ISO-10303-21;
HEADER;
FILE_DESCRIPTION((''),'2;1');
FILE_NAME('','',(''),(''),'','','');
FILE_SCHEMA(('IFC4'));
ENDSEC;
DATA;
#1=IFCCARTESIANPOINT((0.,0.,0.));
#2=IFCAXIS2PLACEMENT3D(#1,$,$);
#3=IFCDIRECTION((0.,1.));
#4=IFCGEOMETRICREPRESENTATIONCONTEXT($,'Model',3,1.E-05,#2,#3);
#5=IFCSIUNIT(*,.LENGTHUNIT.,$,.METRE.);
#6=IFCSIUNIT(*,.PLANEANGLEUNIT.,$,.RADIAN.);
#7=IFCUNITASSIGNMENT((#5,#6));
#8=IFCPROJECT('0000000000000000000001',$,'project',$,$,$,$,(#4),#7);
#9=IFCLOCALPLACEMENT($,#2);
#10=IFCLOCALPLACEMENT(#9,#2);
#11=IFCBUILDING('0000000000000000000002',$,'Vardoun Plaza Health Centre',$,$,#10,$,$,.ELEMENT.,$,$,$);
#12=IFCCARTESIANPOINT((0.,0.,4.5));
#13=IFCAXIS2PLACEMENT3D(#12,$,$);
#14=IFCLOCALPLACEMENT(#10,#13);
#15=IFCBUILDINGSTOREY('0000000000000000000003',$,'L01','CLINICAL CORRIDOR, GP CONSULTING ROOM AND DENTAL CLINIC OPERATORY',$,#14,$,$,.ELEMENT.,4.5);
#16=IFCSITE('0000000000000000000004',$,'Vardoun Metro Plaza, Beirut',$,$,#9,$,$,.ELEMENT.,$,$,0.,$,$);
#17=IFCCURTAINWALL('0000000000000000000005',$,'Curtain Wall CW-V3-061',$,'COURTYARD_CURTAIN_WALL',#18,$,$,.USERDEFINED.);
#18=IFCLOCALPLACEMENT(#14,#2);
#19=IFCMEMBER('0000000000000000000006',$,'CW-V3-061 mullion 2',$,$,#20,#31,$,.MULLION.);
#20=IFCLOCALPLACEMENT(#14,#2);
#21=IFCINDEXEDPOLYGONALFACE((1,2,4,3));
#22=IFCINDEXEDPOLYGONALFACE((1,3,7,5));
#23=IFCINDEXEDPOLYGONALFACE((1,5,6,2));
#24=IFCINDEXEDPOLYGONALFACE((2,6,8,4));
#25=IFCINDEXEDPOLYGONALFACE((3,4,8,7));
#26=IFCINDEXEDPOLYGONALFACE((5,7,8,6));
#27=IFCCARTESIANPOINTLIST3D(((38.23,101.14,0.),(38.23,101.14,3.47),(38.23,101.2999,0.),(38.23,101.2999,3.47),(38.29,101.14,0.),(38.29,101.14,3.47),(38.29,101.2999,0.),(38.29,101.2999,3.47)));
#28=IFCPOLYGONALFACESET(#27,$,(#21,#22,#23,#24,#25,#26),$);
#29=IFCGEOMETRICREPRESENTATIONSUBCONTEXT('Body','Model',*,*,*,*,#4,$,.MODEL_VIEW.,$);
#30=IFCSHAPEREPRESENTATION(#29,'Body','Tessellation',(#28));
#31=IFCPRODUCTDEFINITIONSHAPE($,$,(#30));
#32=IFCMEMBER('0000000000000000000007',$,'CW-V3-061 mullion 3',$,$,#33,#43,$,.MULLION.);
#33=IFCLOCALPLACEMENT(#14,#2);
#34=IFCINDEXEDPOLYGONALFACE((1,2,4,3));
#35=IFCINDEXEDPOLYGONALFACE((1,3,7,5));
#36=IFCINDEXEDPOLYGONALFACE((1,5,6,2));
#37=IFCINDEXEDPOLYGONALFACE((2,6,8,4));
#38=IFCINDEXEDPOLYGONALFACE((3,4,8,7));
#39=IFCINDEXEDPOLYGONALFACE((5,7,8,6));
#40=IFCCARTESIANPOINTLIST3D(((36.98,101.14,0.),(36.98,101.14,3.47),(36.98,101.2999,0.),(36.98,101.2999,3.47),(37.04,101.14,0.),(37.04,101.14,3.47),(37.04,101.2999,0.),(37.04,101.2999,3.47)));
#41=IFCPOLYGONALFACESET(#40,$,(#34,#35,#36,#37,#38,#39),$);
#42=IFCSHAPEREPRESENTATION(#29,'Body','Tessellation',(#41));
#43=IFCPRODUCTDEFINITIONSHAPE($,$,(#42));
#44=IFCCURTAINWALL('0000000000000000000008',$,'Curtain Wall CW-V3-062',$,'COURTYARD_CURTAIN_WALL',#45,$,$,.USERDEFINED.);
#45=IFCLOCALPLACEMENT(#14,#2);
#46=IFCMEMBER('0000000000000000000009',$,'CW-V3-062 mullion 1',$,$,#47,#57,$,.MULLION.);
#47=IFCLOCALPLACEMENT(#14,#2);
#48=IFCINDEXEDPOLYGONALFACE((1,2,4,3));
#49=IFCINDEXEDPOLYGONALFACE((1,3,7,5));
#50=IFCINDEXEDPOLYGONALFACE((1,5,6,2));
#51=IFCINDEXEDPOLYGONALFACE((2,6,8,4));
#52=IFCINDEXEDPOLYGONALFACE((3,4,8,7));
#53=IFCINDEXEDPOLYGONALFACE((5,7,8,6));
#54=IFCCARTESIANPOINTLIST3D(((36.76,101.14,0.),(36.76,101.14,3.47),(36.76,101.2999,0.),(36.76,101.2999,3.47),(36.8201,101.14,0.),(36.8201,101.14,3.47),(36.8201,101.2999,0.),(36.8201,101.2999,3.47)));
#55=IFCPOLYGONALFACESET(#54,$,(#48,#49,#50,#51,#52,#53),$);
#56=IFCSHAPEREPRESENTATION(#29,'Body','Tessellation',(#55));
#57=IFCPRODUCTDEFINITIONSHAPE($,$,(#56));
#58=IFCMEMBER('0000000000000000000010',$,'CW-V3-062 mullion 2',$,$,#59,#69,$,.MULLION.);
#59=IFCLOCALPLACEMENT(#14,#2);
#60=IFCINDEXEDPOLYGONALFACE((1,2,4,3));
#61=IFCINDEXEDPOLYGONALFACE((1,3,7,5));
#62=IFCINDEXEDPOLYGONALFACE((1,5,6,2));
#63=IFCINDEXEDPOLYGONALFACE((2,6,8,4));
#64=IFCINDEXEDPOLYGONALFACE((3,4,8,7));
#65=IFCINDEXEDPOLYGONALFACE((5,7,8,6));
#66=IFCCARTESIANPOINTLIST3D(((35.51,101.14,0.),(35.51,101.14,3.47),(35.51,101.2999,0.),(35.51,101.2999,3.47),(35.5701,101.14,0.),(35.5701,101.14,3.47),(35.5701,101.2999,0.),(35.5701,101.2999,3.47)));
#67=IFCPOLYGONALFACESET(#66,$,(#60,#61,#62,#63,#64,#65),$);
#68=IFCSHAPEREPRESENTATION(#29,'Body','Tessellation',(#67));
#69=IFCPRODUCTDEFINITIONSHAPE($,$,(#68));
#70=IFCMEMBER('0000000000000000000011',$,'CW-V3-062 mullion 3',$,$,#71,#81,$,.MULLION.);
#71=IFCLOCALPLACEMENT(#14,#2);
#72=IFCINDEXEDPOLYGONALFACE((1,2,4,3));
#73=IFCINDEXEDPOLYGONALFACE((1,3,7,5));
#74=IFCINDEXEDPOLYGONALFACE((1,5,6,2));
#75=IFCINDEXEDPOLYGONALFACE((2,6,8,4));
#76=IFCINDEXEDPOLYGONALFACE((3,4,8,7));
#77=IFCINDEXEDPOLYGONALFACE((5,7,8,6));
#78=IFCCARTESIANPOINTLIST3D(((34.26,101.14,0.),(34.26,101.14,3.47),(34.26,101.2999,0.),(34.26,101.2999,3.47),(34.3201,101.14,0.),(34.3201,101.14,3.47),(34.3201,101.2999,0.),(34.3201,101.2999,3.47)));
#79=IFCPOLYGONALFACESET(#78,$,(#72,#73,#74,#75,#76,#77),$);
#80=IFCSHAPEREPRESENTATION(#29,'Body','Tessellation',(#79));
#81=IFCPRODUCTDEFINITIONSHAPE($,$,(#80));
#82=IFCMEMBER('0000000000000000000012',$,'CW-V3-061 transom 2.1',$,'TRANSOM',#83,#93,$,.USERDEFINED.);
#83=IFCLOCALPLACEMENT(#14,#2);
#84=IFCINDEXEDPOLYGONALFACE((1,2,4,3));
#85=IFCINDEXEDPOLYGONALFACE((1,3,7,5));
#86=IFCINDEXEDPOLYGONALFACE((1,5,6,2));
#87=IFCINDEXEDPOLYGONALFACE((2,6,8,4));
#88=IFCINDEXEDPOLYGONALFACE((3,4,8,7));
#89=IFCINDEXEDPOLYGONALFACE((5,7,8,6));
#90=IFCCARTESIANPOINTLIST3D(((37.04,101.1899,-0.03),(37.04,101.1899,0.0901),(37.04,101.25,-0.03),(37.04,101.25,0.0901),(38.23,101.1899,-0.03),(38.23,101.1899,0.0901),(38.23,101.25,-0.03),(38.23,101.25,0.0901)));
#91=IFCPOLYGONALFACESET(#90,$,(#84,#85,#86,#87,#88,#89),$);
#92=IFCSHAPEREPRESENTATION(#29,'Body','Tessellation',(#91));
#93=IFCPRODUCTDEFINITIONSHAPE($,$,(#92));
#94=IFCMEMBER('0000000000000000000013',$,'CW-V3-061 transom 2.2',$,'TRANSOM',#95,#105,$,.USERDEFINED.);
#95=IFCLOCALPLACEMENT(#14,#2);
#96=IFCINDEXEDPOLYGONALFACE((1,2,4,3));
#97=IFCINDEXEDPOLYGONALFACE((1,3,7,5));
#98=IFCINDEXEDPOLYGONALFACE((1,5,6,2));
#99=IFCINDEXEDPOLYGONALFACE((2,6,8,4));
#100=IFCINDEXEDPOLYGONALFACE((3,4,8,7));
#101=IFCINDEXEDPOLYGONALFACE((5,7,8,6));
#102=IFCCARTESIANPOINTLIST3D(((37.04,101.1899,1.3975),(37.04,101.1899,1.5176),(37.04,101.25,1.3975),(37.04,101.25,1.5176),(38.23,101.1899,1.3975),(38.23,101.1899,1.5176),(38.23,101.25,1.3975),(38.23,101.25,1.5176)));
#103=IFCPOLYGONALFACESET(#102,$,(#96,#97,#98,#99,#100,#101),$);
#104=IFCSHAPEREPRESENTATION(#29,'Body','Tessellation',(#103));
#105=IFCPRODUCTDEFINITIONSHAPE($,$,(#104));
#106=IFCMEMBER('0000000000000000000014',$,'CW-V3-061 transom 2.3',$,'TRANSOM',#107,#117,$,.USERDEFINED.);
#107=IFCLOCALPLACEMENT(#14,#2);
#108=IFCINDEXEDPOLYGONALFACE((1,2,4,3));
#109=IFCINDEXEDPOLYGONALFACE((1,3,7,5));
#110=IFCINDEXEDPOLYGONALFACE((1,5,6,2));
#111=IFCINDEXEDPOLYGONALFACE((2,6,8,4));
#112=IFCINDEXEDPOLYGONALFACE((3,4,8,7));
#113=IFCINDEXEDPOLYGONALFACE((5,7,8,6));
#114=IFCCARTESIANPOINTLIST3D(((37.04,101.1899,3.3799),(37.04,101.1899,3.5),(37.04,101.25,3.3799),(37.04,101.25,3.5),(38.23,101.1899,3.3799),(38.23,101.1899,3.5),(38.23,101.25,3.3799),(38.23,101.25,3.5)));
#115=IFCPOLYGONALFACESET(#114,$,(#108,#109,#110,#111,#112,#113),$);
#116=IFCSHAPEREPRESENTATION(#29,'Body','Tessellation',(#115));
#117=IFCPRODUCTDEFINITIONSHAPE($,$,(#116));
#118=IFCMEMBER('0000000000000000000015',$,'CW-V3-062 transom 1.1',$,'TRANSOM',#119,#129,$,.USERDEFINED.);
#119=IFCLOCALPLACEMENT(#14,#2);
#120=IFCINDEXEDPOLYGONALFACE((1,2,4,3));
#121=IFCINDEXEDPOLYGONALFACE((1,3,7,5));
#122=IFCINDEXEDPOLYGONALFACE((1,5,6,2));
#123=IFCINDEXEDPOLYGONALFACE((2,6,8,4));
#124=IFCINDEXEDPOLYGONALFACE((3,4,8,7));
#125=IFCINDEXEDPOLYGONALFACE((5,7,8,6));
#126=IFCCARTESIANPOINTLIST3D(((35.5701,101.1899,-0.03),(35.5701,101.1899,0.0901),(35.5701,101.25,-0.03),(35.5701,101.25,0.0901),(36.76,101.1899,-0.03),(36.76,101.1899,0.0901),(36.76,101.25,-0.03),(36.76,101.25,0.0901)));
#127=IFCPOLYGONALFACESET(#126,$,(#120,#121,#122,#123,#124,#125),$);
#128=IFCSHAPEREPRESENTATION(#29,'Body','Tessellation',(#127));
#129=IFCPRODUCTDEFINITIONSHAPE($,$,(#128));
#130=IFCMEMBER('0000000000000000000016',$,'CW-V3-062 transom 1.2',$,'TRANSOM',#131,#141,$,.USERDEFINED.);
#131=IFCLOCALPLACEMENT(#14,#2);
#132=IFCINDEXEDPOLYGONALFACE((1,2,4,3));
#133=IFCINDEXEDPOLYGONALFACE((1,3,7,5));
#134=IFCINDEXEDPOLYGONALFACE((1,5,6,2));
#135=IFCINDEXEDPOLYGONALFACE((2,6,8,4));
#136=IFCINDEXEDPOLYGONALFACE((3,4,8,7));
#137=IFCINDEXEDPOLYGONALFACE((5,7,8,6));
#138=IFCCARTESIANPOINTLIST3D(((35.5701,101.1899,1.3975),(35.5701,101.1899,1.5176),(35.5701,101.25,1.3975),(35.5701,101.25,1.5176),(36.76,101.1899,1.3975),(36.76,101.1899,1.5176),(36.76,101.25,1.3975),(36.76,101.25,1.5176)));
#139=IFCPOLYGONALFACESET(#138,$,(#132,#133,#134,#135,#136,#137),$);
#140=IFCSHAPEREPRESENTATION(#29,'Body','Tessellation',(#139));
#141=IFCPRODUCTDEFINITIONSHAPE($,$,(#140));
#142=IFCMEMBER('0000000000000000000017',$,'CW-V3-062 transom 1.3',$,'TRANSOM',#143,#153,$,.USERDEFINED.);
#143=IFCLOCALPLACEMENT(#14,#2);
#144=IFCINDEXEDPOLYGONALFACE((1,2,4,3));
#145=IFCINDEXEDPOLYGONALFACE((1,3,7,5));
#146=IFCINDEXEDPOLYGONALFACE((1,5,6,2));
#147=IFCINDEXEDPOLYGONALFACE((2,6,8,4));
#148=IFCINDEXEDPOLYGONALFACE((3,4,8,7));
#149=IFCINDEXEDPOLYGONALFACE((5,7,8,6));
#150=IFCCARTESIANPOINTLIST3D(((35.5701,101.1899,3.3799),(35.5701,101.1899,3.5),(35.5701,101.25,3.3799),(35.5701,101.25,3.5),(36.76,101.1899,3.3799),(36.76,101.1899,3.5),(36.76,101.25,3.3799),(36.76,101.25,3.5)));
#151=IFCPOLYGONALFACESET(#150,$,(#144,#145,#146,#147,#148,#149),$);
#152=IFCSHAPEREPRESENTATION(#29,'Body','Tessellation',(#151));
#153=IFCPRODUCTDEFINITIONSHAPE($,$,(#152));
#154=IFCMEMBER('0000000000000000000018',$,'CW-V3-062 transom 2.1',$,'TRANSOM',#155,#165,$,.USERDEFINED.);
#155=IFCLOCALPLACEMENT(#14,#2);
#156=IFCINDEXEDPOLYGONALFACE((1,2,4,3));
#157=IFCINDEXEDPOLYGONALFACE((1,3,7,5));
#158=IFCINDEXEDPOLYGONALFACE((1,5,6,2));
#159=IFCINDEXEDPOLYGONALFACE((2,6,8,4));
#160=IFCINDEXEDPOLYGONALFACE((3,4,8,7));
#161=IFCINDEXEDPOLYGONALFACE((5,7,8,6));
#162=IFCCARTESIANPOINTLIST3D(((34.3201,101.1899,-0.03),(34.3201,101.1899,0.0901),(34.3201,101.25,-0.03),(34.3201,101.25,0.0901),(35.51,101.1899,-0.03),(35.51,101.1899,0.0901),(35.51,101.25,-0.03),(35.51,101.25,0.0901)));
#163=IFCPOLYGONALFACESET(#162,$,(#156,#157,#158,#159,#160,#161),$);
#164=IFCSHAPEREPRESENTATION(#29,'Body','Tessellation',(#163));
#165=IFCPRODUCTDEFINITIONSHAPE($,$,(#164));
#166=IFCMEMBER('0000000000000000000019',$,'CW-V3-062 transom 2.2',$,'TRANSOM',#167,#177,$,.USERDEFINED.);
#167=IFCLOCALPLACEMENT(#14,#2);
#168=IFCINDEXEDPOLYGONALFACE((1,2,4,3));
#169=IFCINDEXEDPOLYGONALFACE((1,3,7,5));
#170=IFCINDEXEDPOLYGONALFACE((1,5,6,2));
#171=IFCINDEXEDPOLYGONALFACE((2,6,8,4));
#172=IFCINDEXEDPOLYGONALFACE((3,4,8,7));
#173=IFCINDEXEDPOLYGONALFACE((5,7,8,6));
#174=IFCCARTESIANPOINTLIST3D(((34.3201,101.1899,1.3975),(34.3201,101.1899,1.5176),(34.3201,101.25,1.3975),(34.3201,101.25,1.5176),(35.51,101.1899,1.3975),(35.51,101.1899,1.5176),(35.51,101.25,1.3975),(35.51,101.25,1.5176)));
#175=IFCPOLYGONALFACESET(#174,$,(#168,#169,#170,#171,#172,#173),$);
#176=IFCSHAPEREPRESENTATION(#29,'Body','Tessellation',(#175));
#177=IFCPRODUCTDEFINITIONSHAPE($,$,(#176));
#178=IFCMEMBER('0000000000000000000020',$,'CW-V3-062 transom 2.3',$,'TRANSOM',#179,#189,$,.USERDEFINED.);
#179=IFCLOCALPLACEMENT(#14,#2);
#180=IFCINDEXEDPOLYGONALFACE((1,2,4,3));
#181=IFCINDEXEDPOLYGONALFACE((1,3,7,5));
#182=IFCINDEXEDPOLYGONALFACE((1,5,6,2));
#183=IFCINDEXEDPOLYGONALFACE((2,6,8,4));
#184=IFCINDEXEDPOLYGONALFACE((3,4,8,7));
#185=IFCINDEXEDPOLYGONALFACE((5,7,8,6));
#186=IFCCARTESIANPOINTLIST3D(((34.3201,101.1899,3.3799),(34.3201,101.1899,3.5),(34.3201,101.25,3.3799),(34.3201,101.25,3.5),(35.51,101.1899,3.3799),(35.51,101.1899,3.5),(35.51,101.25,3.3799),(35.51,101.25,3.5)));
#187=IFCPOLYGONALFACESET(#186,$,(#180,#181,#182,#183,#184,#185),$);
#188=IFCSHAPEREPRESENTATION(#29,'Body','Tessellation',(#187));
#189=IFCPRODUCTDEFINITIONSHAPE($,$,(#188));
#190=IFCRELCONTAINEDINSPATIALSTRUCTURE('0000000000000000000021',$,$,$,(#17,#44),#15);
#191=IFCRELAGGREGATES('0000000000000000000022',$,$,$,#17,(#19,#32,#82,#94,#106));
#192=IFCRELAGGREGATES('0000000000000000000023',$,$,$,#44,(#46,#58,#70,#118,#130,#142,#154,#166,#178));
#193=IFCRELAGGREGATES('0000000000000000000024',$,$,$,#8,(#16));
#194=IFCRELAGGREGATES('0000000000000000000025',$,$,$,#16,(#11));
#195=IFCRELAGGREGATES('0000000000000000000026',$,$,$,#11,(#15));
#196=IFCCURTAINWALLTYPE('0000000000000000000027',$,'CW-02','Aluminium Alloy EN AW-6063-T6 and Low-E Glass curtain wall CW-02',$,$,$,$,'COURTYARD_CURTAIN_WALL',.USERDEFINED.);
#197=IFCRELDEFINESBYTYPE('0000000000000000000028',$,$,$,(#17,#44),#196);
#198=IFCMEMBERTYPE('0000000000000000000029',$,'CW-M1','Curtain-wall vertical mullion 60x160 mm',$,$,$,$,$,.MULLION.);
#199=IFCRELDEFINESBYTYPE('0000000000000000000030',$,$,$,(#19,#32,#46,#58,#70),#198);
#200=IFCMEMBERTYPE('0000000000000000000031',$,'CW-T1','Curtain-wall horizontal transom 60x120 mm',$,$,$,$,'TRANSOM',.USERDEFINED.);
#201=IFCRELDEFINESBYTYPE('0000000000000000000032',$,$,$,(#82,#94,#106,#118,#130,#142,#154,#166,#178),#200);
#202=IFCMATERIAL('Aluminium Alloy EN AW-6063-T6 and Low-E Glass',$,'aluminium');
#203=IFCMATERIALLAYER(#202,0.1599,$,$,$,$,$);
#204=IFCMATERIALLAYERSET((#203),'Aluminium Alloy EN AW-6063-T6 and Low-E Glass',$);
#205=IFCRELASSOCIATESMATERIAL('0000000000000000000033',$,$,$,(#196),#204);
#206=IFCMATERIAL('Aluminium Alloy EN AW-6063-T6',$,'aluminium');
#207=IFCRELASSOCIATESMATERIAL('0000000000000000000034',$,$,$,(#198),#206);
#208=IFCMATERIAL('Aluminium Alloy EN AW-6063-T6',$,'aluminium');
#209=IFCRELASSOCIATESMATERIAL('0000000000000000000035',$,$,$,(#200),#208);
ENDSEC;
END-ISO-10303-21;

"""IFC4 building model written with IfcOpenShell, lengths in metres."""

from ifc_helpers import new_model, si_unit, direction, frame, origin, origin_2d, place, context, subcontext, project, spatial, rectangle, extrude, material, layer, layer_set, material_profile, profile_set, type_object, element, aggregate, save


model = new_model("IFC4")

# Units and contexts
model_context = context("Model", 3, precision=1e-05, world=origin(), true_north=direction((0.0, 1.0)))
body_context = subcontext(model_context, "Body", "Model", "MODEL_VIEW")
ifc_project = project(units=[si_unit("LENGTHUNIT", "METRE"), si_unit("PLANEANGLEUNIT", "RADIAN")], contexts=[model_context])

# Site, building, storey
site_placement = place(None, origin())
site = spatial("IfcSite", under=ifc_project, at=site_placement, Name="Vardoun Metro Plaza, Beirut", CompositionType="ELEMENT", RefElevation=0.0)
building_placement = place(site_placement, origin())
building = spatial("IfcBuilding", under=site, at=building_placement, Name="Vardoun Plaza Health Centre", CompositionType="ELEMENT")
storey_placement = place(building_placement, frame((0.0, 0.0, 4.5)))
storey = spatial("IfcBuildingStorey", under=building, at=storey_placement, Name="L01", Description="CLINICAL CORRIDOR, GP CONSULTING ROOM AND DENTAL CLINIC OPERATORY", CompositionType="ELEMENT", Elevation=4.5)

# Curtain walls, members
ifc_material_1 = material(Name="Aluminium Alloy EN AW-6063-T6 and Low-E Glass", Category="aluminium")
ifc_layer_1 = layer(ifc_material_1, 0.1599)
ifc_layer_set_1 = layer_set([ifc_layer_1], Name="Aluminium Alloy EN AW-6063-T6 and Low-E Glass")
curtain_wall_type = type_object("IfcCurtainWallType", Name="CW-02", Description="Aluminium Alloy EN AW-6063-T6 and Low-E Glass curtain wall CW-02", ElementType="COURTYARD_CURTAIN_WALL", PredefinedType="USERDEFINED", material=ifc_layer_set_1)
curtain_wall_1_placement = place(storey_placement, origin())
curtain_wall_1 = element("IfcCurtainWall", 1, at=curtain_wall_1_placement, inside=storey, type_object=curtain_wall_type, Name="Curtain Wall CW-V3-061", ObjectType="COURTYARD_CURTAIN_WALL", PredefinedType="USERDEFINED")
ifc_material_2 = material(Name="Aluminium Alloy EN AW-6063-T6", Category="aluminium")
ifc_material_profile_1 = material_profile(ifc_material_2, rectangle(XDim=0.1599, YDim=0.0601, at=origin_2d()), Name="CWM 60x160")
ifc_profile_set_1 = profile_set([ifc_material_profile_1], Name="Aluminium Alloy EN AW-6063-T6")
member_type_1 = type_object("IfcMemberType", Name="CW-M1", Description="Curtain-wall vertical mullion 60x160 mm", PredefinedType="MULLION", material=ifc_profile_set_1)
member_1_placement = place(storey_placement, frame((38.26, 101.22, 0.0), z_axis=(0.0, 0.0, 1.0), x_axis=(0.0, -1.0, 0.0)))
member_1 = element("IfcMember", 2, at=member_1_placement, type_object=member_type_1, Name="CW-V3-061 mullion 2", PredefinedType="MULLION", context=body_context, shape_type="SweptSolid", body=[
    extrude(rectangle(XDim=0.1599, YDim=0.0601, at=origin_2d()), origin(), (0.0, 0.0, 1.0), 3.47),
])
member_2_placement = place(storey_placement, frame((37.01, 101.22, 0.0), z_axis=(0.0, 0.0, 1.0), x_axis=(0.0, -1.0, 0.0)))
member_2 = element("IfcMember", 3, at=member_2_placement, type_object=member_type_1, Name="CW-V3-061 mullion 3", PredefinedType="MULLION", context=body_context, shape_type="SweptSolid", body=[
    extrude(rectangle(XDim=0.1599, YDim=0.0601, at=origin_2d()), origin(), (0.0, 0.0, 1.0), 3.47),
])
curtain_wall_2_placement = place(storey_placement, origin())
curtain_wall_2 = element("IfcCurtainWall", 4, at=curtain_wall_2_placement, inside=storey, type_object=curtain_wall_type, Name="Curtain Wall CW-V3-062", ObjectType="COURTYARD_CURTAIN_WALL", PredefinedType="USERDEFINED")
member_3_placement = place(storey_placement, frame((36.79, 101.22, 0.0), z_axis=(0.0, 0.0, 1.0), x_axis=(0.0, -1.0, 0.0)))
member_3 = element("IfcMember", 5, at=member_3_placement, type_object=member_type_1, Name="CW-V3-062 mullion 1", PredefinedType="MULLION", context=body_context, shape_type="SweptSolid", body=[
    extrude(rectangle(XDim=0.1599, YDim=0.0601, at=origin_2d()), origin(), (0.0, 0.0, 1.0), 3.47),
])
member_4_placement = place(storey_placement, frame((35.54, 101.22, 0.0), z_axis=(0.0, 0.0, 1.0), x_axis=(0.0, -1.0, 0.0)))
member_4 = element("IfcMember", 6, at=member_4_placement, type_object=member_type_1, Name="CW-V3-062 mullion 2", PredefinedType="MULLION", context=body_context, shape_type="SweptSolid", body=[
    extrude(rectangle(XDim=0.1599, YDim=0.0601, at=origin_2d()), origin(), (0.0, 0.0, 1.0), 3.47),
])
member_5_placement = place(storey_placement, frame((34.29, 101.22, 0.0), z_axis=(0.0, 0.0, 1.0), x_axis=(0.0, -1.0, 0.0)))
member_5 = element("IfcMember", 7, at=member_5_placement, type_object=member_type_1, Name="CW-V3-062 mullion 3", PredefinedType="MULLION", context=body_context, shape_type="SweptSolid", body=[
    extrude(rectangle(XDim=0.1599, YDim=0.0601, at=origin_2d()), origin(), (0.0, 0.0, 1.0), 3.47),
])

# Members
ifc_material_3 = material(Name="Aluminium Alloy EN AW-6063-T6", Category="aluminium")
ifc_material_profile_2 = material_profile(ifc_material_3, rectangle(XDim=0.0601, YDim=0.1201, at=origin_2d()), Name="CWT 60x120")
ifc_profile_set_2 = profile_set([ifc_material_profile_2], Name="Aluminium Alloy EN AW-6063-T6")
member_type_2 = type_object("IfcMemberType", Name="CW-T1", Description="Curtain-wall horizontal transom 60x120 mm", ElementType="TRANSOM", PredefinedType="USERDEFINED", material=ifc_profile_set_2)
member_6_placement = place(storey_placement, frame((38.23, 101.22, 0.03), z_axis=(-1.0, 0.0, 0.0), x_axis=(0.0, -1.0, 0.0)))
member_6 = element("IfcMember", 8, at=member_6_placement, type_object=member_type_2, Name="CW-V3-061 transom 2.1", ObjectType="TRANSOM", PredefinedType="USERDEFINED", context=body_context, shape_type="SweptSolid", body=[
    extrude(rectangle(XDim=0.0601, YDim=0.1201, at=origin_2d()), origin(), (0.0, 0.0, 1.0), 1.1899),
])
member_7_placement = place(storey_placement, frame((38.23, 101.22, 1.4575), z_axis=(-1.0, 0.0, 0.0), x_axis=(0.0, -1.0, 0.0)))
member_7 = element("IfcMember", 9, at=member_7_placement, type_object=member_type_2, Name="CW-V3-061 transom 2.2", ObjectType="TRANSOM", PredefinedType="USERDEFINED", context=body_context, shape_type="SweptSolid", body=[
    extrude(rectangle(XDim=0.0601, YDim=0.1201, at=origin_2d()), origin(), (0.0, 0.0, 1.0), 1.1899),
])
member_8_placement = place(storey_placement, frame((38.23, 101.22, 3.4399), z_axis=(-1.0, 0.0, 0.0), x_axis=(0.0, -1.0, 0.0)))
member_8 = element("IfcMember", 10, at=member_8_placement, type_object=member_type_2, Name="CW-V3-061 transom 2.3", ObjectType="TRANSOM", PredefinedType="USERDEFINED", context=body_context, shape_type="SweptSolid", body=[
    extrude(rectangle(XDim=0.0601, YDim=0.1201, at=origin_2d()), origin(), (0.0, 0.0, 1.0), 1.1899),
])
member_9_placement = place(storey_placement, frame((36.76, 101.22, 0.03), z_axis=(-1.0, 0.0, 0.0), x_axis=(0.0, -1.0, 0.0)))
member_9 = element("IfcMember", 11, at=member_9_placement, type_object=member_type_2, Name="CW-V3-062 transom 1.1", ObjectType="TRANSOM", PredefinedType="USERDEFINED", context=body_context, shape_type="SweptSolid", body=[
    extrude(rectangle(XDim=0.0601, YDim=0.1201, at=origin_2d()), origin(), (0.0, 0.0, 1.0), 1.1899),
])
member_10_placement = place(storey_placement, frame((36.76, 101.22, 1.4575), z_axis=(-1.0, 0.0, 0.0), x_axis=(0.0, -1.0, 0.0)))
member_10 = element("IfcMember", 12, at=member_10_placement, type_object=member_type_2, Name="CW-V3-062 transom 1.2", ObjectType="TRANSOM", PredefinedType="USERDEFINED", context=body_context, shape_type="SweptSolid", body=[
    extrude(rectangle(XDim=0.0601, YDim=0.1201, at=origin_2d()), origin(), (0.0, 0.0, 1.0), 1.1899),
])
member_11_placement = place(storey_placement, frame((36.76, 101.22, 3.4399), z_axis=(-1.0, 0.0, 0.0), x_axis=(0.0, -1.0, 0.0)))
member_11 = element("IfcMember", 13, at=member_11_placement, type_object=member_type_2, Name="CW-V3-062 transom 1.3", ObjectType="TRANSOM", PredefinedType="USERDEFINED", context=body_context, shape_type="SweptSolid", body=[
    extrude(rectangle(XDim=0.0601, YDim=0.1201, at=origin_2d()), origin(), (0.0, 0.0, 1.0), 1.1899),
])
member_12_placement = place(storey_placement, frame((35.51, 101.22, 0.03), z_axis=(-1.0, 0.0, 0.0), x_axis=(0.0, -1.0, 0.0)))
member_12 = element("IfcMember", 14, at=member_12_placement, type_object=member_type_2, Name="CW-V3-062 transom 2.1", ObjectType="TRANSOM", PredefinedType="USERDEFINED", context=body_context, shape_type="SweptSolid", body=[
    extrude(rectangle(XDim=0.0601, YDim=0.1201, at=origin_2d()), origin(), (0.0, 0.0, 1.0), 1.1899),
])
member_13_placement = place(storey_placement, frame((35.51, 101.22, 1.4575), z_axis=(-1.0, 0.0, 0.0), x_axis=(0.0, -1.0, 0.0)))
member_13 = element("IfcMember", 15, at=member_13_placement, type_object=member_type_2, Name="CW-V3-062 transom 2.2", ObjectType="TRANSOM", PredefinedType="USERDEFINED", context=body_context, shape_type="SweptSolid", body=[
    extrude(rectangle(XDim=0.0601, YDim=0.1201, at=origin_2d()), origin(), (0.0, 0.0, 1.0), 1.1899),
])
member_14_placement = place(storey_placement, frame((35.51, 101.22, 3.4399), z_axis=(-1.0, 0.0, 0.0), x_axis=(0.0, -1.0, 0.0)))
member_14 = element("IfcMember", 16, at=member_14_placement, type_object=member_type_2, Name="CW-V3-062 transom 2.3", ObjectType="TRANSOM", PredefinedType="USERDEFINED", context=body_context, shape_type="SweptSolid", body=[
    extrude(rectangle(XDim=0.0601, YDim=0.1201, at=origin_2d()), origin(), (0.0, 0.0, 1.0), 1.1899),
])

aggregate(curtain_wall_1, [member_1, member_2, member_6, member_7, member_8])
aggregate(curtain_wall_2, [member_3, member_4, member_5, member_9, member_10, member_11, member_12, member_13, member_14])

save(model, "model.ifc")
